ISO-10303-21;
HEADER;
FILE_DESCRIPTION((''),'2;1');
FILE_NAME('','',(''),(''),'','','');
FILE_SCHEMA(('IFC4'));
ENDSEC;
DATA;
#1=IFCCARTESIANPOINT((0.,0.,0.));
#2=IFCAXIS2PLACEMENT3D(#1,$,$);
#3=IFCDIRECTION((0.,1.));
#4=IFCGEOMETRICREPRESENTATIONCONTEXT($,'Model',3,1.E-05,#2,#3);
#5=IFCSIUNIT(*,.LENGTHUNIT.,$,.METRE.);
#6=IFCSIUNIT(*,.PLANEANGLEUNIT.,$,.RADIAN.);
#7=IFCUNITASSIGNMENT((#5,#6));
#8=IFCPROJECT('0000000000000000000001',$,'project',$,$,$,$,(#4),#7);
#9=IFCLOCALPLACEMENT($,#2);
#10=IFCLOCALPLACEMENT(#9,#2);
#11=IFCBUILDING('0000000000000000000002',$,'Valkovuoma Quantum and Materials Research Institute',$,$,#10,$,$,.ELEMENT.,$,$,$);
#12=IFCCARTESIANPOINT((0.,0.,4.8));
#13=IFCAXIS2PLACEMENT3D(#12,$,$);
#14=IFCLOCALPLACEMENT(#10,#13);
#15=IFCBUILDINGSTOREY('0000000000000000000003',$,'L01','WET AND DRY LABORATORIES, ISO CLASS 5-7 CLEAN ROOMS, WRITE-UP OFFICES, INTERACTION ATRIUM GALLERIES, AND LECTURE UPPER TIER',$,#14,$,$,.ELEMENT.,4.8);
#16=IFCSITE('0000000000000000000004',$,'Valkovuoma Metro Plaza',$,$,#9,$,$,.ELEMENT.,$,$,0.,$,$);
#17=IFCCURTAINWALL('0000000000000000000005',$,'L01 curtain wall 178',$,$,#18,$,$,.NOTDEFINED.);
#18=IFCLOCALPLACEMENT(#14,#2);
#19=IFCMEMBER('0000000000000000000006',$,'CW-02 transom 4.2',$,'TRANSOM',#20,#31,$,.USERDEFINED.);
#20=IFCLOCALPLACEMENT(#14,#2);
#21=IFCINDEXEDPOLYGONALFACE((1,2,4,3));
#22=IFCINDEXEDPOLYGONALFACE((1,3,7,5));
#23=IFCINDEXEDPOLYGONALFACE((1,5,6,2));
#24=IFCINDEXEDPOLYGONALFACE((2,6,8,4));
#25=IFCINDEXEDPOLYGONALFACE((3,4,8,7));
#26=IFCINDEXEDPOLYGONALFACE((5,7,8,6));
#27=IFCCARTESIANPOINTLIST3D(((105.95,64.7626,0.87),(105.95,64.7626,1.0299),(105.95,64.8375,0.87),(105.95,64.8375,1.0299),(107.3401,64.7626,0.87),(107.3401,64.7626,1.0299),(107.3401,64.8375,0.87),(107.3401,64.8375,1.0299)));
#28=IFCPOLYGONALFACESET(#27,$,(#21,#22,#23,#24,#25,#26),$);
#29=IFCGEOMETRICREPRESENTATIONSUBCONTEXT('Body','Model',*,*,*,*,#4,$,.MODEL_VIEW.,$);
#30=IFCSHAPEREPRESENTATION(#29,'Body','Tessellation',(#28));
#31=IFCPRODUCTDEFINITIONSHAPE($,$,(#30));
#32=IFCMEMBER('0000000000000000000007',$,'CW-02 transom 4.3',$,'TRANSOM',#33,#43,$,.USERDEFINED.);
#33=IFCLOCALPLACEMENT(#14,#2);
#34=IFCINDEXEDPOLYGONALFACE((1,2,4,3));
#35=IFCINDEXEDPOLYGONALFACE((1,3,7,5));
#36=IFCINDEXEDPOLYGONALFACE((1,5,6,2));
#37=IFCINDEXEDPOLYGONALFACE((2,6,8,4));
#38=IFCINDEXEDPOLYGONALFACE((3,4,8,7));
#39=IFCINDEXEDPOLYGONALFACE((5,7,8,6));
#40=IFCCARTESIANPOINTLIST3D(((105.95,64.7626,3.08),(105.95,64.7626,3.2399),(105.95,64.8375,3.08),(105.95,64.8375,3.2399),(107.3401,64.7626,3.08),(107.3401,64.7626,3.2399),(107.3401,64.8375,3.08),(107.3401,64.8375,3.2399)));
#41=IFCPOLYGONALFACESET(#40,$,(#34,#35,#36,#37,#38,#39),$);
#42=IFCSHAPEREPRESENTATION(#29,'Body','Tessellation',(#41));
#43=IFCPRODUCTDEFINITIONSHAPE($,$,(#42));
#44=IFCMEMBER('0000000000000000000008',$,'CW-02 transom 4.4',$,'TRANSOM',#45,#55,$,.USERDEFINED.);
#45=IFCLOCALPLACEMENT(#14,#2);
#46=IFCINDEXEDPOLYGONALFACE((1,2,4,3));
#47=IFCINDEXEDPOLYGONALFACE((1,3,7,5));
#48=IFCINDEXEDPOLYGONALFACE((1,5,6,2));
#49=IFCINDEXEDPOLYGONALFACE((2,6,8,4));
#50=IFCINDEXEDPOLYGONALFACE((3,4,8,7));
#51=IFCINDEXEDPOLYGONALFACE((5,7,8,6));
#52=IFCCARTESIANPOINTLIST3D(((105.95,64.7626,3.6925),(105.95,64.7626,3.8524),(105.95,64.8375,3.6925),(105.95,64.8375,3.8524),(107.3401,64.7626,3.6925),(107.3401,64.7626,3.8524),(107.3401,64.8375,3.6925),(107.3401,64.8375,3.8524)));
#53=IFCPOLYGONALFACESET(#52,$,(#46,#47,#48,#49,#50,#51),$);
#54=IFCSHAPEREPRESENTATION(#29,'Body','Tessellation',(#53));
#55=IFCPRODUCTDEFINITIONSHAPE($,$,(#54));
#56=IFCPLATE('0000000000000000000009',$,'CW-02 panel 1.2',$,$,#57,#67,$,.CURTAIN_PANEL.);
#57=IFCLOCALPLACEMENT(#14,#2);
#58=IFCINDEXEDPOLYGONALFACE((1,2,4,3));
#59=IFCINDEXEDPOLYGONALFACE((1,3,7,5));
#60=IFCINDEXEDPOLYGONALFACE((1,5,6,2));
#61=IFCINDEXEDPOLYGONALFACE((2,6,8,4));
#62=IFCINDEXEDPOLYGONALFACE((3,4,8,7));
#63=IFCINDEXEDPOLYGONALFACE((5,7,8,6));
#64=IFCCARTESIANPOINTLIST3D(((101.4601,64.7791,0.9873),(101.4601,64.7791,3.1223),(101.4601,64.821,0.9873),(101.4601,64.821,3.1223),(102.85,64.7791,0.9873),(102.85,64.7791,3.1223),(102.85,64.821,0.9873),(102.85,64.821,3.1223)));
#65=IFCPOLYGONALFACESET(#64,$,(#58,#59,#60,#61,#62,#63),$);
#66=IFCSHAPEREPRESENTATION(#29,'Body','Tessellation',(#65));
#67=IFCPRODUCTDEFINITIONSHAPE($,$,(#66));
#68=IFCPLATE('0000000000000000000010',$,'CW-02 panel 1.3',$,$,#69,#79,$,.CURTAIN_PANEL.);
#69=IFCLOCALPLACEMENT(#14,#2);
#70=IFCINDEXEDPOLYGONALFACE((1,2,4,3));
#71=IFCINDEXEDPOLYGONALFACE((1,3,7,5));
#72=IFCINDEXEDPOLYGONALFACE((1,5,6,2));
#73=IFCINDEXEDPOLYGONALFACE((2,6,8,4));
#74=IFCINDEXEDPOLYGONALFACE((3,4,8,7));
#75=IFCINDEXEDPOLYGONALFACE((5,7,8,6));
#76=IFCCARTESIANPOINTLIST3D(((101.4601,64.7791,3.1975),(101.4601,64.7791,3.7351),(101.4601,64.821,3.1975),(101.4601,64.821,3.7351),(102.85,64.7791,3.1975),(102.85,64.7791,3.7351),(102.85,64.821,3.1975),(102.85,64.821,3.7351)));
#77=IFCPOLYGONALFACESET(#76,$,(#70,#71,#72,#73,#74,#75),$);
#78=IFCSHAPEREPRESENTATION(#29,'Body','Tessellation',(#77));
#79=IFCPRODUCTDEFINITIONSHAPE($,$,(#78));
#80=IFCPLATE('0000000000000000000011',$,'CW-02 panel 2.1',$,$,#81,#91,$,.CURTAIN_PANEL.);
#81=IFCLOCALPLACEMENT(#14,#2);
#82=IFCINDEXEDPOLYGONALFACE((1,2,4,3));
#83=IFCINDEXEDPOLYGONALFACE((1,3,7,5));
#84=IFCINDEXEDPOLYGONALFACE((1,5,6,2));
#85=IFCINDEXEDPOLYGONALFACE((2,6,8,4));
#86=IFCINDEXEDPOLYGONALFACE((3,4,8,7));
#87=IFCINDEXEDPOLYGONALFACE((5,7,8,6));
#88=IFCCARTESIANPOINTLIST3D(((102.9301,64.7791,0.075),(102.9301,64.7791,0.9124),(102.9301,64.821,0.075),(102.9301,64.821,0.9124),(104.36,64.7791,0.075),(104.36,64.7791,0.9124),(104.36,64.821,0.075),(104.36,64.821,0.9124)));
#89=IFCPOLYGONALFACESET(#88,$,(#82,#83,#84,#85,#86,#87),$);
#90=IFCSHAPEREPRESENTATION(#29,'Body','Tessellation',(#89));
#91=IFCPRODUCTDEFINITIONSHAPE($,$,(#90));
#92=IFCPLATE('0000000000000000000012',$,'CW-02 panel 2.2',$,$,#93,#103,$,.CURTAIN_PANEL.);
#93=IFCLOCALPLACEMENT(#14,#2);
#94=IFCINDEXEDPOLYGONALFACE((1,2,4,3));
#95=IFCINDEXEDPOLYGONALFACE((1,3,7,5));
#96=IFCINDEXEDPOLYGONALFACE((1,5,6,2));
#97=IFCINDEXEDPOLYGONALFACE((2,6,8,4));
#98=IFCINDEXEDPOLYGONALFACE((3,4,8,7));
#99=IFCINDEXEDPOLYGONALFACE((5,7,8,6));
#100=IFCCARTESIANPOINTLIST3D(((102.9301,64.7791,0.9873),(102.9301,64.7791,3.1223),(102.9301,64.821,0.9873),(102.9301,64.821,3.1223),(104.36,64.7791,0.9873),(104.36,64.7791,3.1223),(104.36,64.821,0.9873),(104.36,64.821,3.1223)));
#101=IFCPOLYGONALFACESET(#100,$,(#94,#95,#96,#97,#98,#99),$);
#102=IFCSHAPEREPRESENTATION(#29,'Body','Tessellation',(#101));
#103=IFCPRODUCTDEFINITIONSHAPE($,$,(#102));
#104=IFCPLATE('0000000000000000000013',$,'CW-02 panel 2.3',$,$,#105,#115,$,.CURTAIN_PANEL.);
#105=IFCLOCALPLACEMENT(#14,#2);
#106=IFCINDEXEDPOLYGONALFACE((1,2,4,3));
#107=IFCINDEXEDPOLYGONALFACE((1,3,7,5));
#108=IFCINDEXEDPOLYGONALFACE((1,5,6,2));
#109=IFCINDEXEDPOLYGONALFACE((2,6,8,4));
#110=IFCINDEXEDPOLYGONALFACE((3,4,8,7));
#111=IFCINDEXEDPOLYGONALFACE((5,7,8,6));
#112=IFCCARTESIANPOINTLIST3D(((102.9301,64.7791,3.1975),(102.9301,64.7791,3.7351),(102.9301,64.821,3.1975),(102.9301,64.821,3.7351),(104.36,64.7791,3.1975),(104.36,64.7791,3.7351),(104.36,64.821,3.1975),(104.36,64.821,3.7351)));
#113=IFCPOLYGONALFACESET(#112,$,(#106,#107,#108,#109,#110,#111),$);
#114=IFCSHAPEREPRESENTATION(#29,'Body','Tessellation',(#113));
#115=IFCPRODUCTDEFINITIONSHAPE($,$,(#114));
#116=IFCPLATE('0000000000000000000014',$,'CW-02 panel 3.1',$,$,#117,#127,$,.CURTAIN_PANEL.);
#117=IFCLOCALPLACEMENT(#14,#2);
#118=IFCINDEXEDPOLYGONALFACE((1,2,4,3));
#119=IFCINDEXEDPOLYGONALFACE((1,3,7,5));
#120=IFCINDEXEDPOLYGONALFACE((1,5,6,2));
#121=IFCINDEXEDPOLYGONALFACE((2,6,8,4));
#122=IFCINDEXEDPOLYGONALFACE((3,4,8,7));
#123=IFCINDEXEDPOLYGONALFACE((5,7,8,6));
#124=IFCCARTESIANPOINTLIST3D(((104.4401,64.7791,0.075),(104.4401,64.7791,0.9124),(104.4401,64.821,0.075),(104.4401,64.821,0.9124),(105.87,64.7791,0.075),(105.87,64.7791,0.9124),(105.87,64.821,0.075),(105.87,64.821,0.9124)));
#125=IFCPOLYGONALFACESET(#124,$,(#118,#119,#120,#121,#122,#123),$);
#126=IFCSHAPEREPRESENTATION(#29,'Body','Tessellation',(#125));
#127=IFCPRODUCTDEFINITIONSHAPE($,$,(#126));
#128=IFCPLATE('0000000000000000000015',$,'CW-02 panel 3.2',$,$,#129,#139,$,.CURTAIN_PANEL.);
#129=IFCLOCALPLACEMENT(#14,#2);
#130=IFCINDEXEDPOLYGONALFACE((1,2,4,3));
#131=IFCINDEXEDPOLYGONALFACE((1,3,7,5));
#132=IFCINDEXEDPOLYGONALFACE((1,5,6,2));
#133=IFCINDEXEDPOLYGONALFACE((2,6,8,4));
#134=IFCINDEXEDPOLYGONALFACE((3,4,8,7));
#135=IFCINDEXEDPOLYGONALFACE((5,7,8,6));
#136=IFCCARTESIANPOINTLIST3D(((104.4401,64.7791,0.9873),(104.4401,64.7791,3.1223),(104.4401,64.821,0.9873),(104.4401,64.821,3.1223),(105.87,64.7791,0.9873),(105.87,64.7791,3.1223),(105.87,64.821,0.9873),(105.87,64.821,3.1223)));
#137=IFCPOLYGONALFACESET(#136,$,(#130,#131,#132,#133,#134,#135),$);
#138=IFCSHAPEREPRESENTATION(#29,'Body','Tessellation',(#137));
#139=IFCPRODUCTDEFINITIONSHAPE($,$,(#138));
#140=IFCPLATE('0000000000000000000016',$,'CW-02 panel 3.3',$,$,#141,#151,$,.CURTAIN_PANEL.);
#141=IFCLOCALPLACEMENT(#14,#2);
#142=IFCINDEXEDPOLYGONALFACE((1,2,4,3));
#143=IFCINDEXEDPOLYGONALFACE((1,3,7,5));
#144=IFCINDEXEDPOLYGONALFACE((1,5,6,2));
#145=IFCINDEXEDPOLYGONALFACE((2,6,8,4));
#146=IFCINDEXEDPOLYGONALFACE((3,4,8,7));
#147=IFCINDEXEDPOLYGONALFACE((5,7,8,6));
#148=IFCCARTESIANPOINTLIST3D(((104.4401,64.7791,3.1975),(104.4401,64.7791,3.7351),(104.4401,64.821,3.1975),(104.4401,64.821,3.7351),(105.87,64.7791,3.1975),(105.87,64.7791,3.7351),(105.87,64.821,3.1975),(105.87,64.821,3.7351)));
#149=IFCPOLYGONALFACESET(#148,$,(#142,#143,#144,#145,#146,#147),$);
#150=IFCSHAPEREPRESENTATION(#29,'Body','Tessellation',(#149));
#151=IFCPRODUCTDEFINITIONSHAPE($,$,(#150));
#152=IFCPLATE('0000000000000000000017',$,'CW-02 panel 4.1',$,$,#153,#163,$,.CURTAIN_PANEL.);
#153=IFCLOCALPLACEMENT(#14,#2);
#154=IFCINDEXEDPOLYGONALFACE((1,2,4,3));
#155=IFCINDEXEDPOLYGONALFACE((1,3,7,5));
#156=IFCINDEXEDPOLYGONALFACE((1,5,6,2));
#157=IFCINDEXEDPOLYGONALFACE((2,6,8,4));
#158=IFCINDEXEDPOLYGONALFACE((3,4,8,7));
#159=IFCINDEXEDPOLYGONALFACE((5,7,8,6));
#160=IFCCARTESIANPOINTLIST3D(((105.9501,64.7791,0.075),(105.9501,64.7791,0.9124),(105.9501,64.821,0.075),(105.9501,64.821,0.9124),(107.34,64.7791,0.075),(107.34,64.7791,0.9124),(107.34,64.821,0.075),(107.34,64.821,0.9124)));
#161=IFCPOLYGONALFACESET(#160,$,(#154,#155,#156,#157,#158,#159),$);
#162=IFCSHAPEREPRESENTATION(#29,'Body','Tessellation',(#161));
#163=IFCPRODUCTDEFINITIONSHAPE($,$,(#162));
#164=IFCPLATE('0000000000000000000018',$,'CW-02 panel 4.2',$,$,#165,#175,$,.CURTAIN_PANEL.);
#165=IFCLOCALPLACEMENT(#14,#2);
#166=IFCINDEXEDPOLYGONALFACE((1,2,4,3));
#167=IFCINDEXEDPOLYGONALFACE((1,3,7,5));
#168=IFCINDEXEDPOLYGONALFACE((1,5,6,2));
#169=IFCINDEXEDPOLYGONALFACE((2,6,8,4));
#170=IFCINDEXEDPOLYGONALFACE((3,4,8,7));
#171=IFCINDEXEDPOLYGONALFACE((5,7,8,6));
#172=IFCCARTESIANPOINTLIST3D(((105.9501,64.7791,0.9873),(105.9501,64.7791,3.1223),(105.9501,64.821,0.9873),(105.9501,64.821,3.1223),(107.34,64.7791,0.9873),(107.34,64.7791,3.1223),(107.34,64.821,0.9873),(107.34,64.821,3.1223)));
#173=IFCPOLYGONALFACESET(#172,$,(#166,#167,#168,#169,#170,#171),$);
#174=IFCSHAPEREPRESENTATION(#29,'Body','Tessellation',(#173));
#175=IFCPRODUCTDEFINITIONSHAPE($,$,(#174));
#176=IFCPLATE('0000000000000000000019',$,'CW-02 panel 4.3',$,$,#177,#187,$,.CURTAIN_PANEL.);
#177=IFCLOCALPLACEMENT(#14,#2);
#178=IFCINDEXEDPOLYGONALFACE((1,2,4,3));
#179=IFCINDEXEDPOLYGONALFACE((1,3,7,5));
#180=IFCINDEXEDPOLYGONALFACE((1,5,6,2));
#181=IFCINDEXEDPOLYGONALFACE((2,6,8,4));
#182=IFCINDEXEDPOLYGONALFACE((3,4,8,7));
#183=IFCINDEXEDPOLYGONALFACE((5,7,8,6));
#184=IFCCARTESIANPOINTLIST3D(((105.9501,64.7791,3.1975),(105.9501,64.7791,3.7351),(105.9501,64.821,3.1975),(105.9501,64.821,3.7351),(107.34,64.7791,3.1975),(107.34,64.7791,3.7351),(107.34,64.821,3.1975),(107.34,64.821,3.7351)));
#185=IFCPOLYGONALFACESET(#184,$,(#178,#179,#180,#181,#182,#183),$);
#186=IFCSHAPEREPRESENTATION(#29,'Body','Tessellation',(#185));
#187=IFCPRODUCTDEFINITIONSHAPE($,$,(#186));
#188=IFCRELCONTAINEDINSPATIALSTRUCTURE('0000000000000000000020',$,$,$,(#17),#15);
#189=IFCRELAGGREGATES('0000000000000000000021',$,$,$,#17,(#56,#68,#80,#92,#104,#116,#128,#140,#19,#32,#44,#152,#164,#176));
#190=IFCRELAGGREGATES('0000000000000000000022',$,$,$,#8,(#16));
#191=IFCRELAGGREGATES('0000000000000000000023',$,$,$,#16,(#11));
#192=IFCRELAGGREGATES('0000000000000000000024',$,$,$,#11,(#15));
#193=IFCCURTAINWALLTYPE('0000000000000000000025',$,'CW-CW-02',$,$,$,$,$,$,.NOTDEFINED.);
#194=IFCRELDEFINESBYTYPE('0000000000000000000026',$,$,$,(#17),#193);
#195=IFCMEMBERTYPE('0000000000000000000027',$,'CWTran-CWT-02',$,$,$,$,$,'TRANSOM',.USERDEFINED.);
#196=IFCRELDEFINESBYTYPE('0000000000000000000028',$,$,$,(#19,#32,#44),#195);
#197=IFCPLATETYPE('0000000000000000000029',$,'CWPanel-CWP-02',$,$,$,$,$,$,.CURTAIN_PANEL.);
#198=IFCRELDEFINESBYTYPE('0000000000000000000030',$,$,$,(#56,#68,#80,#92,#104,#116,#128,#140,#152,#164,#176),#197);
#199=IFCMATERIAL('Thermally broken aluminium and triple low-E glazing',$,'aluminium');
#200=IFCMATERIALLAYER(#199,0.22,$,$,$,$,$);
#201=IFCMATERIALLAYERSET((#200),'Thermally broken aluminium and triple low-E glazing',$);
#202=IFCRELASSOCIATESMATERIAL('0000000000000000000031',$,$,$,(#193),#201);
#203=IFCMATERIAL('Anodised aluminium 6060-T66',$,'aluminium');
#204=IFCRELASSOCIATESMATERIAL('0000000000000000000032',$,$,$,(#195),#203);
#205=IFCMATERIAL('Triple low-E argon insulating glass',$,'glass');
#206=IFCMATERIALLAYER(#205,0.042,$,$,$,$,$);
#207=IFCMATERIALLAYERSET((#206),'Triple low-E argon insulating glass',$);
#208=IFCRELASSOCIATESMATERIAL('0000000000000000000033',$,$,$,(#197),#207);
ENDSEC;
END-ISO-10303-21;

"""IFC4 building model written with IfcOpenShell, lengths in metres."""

from ifc_helpers import new_model, si_unit, direction, frame, origin, origin_2d, place, context, subcontext, project, spatial, rectangle, extrude, material, layer, layer_set, material_profile, profile_set, type_object, element, aggregate, save


model = new_model("IFC4")

# Units and contexts
model_context = context("Model", 3, precision=1e-05, world=origin(), true_north=direction((0.0, 1.0)))
body_context = subcontext(model_context, "Body", "Model", "MODEL_VIEW")
ifc_project = project(units=[si_unit("LENGTHUNIT", "METRE"), si_unit("PLANEANGLEUNIT", "RADIAN")], contexts=[model_context])

# Site, building, storey
site_placement = place(None, origin())
site = spatial("IfcSite", under=ifc_project, at=site_placement, Name="Valkovuoma Metro Plaza", CompositionType="ELEMENT", RefElevation=0.0)
building_placement = place(site_placement, origin())
building = spatial("IfcBuilding", under=site, at=building_placement, Name="Valkovuoma Quantum and Materials Research Institute", CompositionType="ELEMENT")
storey_placement = place(building_placement, frame((0.0, 0.0, 4.8)))
storey = spatial("IfcBuildingStorey", under=building, at=storey_placement, Name="L01", Description="WET AND DRY LABORATORIES, ISO CLASS 5-7 CLEAN ROOMS, WRITE-UP OFFICES, INTERACTION ATRIUM GALLERIES, AND LECTURE UPPER TIER", CompositionType="ELEMENT", Elevation=4.8)

# Curtain wall, members, plates
ifc_material_1 = material(Name="Thermally broken aluminium and triple low-E glazing", Category="aluminium")
ifc_layer_1 = layer(ifc_material_1, 0.22)
ifc_layer_set_1 = layer_set([ifc_layer_1], Name="Thermally broken aluminium and triple low-E glazing")
curtain_wall_type = type_object("IfcCurtainWallType", Name="CW-CW-02", PredefinedType="NOTDEFINED", material=ifc_layer_set_1)
curtain_wall_placement = place(storey_placement, origin())
curtain_wall = element("IfcCurtainWall", 1, at=curtain_wall_placement, inside=storey, type_object=curtain_wall_type, Name="L01 curtain wall 178", PredefinedType="NOTDEFINED")
ifc_material_2 = material(Name="Anodised aluminium 6060-T66", Category="aluminium")
ifc_material_profile_1 = material_profile(ifc_material_2, rectangle(XDim=0.075, YDim=0.1599, at=origin_2d()), Name="Anodised aluminium 6060-T66")
ifc_profile_set_1 = profile_set([ifc_material_profile_1], Name="Anodised aluminium 6060-T66")
member_type_1 = type_object("IfcMemberType", Name="CWTran-CWT-02", ElementType="TRANSOM", PredefinedType="USERDEFINED", material=ifc_profile_set_1)
member_1_placement = place(storey_placement, frame((105.95, 64.8, 0.95), z_axis=(1.0, 0.0, 0.0), x_axis=(0.0, 1.0, 0.0)))
member_1 = element("IfcMember", 2, at=member_1_placement, type_object=member_type_1, Name="CW-02 transom 4.2", ObjectType="TRANSOM", PredefinedType="USERDEFINED", context=body_context, shape_type="SweptSolid", body=[
    extrude(rectangle(XDim=0.075, YDim=0.1599, at=origin_2d()), origin(), (0.0, 0.0, 1.0), 1.3901),
])
member_2_placement = place(storey_placement, frame((105.95, 64.8, 3.1599), z_axis=(1.0, 0.0, 0.0), x_axis=(0.0, 1.0, 0.0)))
member_2 = element("IfcMember", 3, at=member_2_placement, type_object=member_type_1, Name="CW-02 transom 4.3", ObjectType="TRANSOM", PredefinedType="USERDEFINED", context=body_context, shape_type="SweptSolid", body=[
    extrude(rectangle(XDim=0.075, YDim=0.1599, at=origin_2d()), origin(), (0.0, 0.0, 1.0), 1.3901),
])
member_3_placement = place(storey_placement, frame((105.95, 64.8, 3.7725), z_axis=(1.0, 0.0, 0.0), x_axis=(0.0, 1.0, 0.0)))
member_3 = element("IfcMember", 4, at=member_3_placement, type_object=member_type_1, Name="CW-02 transom 4.4", ObjectType="TRANSOM", PredefinedType="USERDEFINED", context=body_context, shape_type="SweptSolid", body=[
    extrude(rectangle(XDim=0.075, YDim=0.1599, at=origin_2d()), origin(), (0.0, 0.0, 1.0), 1.3901),
])
ifc_material_3 = material(Name="Triple low-E argon insulating glass", Category="glass")
ifc_layer_2 = layer(ifc_material_3, 0.042)
ifc_layer_set_2 = layer_set([ifc_layer_2], Name="Triple low-E argon insulating glass")
plate_type = type_object("IfcPlateType", Name="CWPanel-CWP-02", PredefinedType="CURTAIN_PANEL", material=ifc_layer_set_2)
plate_1_placement = place(storey_placement, frame((102.155, 64.8, 0.9873), z_axis=(0.0, 0.0, 1.0), x_axis=(1.0, 0.0, 0.0)))
plate_1 = element("IfcPlate", 5, at=plate_1_placement, type_object=plate_type, Name="CW-02 panel 1.2", PredefinedType="CURTAIN_PANEL", context=body_context, shape_type="SweptSolid", body=[
    extrude(rectangle(XDim=1.3899, YDim=0.042, at=origin_2d()), origin(), (0.0, 0.0, 1.0), 2.135),
])
plate_2_placement = place(storey_placement, frame((102.155, 64.8, 3.1975), z_axis=(0.0, 0.0, 1.0), x_axis=(1.0, 0.0, 0.0)))
plate_2 = element("IfcPlate", 6, at=plate_2_placement, type_object=plate_type, Name="CW-02 panel 1.3", PredefinedType="CURTAIN_PANEL", context=body_context, shape_type="SweptSolid", body=[
    extrude(rectangle(XDim=1.3899, YDim=0.042, at=origin_2d()), origin(), (0.0, 0.0, 1.0), 0.5376),
])
plate_3_placement = place(storey_placement, frame((103.645, 64.8, 0.075), z_axis=(0.0, 0.0, 1.0), x_axis=(1.0, 0.0, 0.0)))
plate_3 = element("IfcPlate", 7, at=plate_3_placement, type_object=plate_type, Name="CW-02 panel 2.1", PredefinedType="CURTAIN_PANEL", context=body_context, shape_type="SweptSolid", body=[
    extrude(rectangle(XDim=1.4299, YDim=0.042, at=origin_2d()), origin(), (0.0, 0.0, 1.0), 0.8374),
])
plate_4_placement = place(storey_placement, frame((103.645, 64.8, 0.9873), z_axis=(0.0, 0.0, 1.0), x_axis=(1.0, 0.0, 0.0)))
plate_4 = element("IfcPlate", 8, at=plate_4_placement, type_object=plate_type, Name="CW-02 panel 2.2", PredefinedType="CURTAIN_PANEL", context=body_context, shape_type="SweptSolid", body=[
    extrude(rectangle(XDim=1.4299, YDim=0.042, at=origin_2d()), origin(), (0.0, 0.0, 1.0), 2.135),
])
plate_5_placement = place(storey_placement, frame((103.645, 64.8, 3.1975), z_axis=(0.0, 0.0, 1.0), x_axis=(1.0, 0.0, 0.0)))
plate_5 = element("IfcPlate", 9, at=plate_5_placement, type_object=plate_type, Name="CW-02 panel 2.3", PredefinedType="CURTAIN_PANEL", context=body_context, shape_type="SweptSolid", body=[
    extrude(rectangle(XDim=1.4299, YDim=0.042, at=origin_2d()), origin(), (0.0, 0.0, 1.0), 0.5376),
])
plate_6_placement = place(storey_placement, frame((105.155, 64.8, 0.075), z_axis=(0.0, 0.0, 1.0), x_axis=(1.0, 0.0, 0.0)))
plate_6 = element("IfcPlate", 10, at=plate_6_placement, type_object=plate_type, Name="CW-02 panel 3.1", PredefinedType="CURTAIN_PANEL", context=body_context, shape_type="SweptSolid", body=[
    extrude(rectangle(XDim=1.4299, YDim=0.042, at=origin_2d()), origin(), (0.0, 0.0, 1.0), 0.8374),
])
plate_7_placement = place(storey_placement, frame((105.155, 64.8, 0.9873), z_axis=(0.0, 0.0, 1.0), x_axis=(1.0, 0.0, 0.0)))
plate_7 = element("IfcPlate", 11, at=plate_7_placement, type_object=plate_type, Name="CW-02 panel 3.2", PredefinedType="CURTAIN_PANEL", context=body_context, shape_type="SweptSolid", body=[
    extrude(rectangle(XDim=1.4299, YDim=0.042, at=origin_2d()), origin(), (0.0, 0.0, 1.0), 2.135),
])
plate_8_placement = place(storey_placement, frame((105.155, 64.8, 3.1975), z_axis=(0.0, 0.0, 1.0), x_axis=(1.0, 0.0, 0.0)))
plate_8 = element("IfcPlate", 12, at=plate_8_placement, type_object=plate_type, Name="CW-02 panel 3.3", PredefinedType="CURTAIN_PANEL", context=body_context, shape_type="SweptSolid", body=[
    extrude(rectangle(XDim=1.4299, YDim=0.042, at=origin_2d()), origin(), (0.0, 0.0, 1.0), 0.5376),
])
plate_9_placement = place(storey_placement, frame((106.645, 64.8, 0.075), z_axis=(0.0, 0.0, 1.0), x_axis=(1.0, 0.0, 0.0)))
plate_9 = element("IfcPlate", 13, at=plate_9_placement, type_object=plate_type, Name="CW-02 panel 4.1", PredefinedType="CURTAIN_PANEL", context=body_context, shape_type="SweptSolid", body=[
    extrude(rectangle(XDim=1.3899, YDim=0.042, at=origin_2d()), origin(), (0.0, 0.0, 1.0), 0.8374),
])
plate_10_placement = place(storey_placement, frame((106.645, 64.8, 0.9873), z_axis=(0.0, 0.0, 1.0), x_axis=(1.0, 0.0, 0.0)))
plate_10 = element("IfcPlate", 14, at=plate_10_placement, type_object=plate_type, Name="CW-02 panel 4.2", PredefinedType="CURTAIN_PANEL", context=body_context, shape_type="SweptSolid", body=[
    extrude(rectangle(XDim=1.3899, YDim=0.042, at=origin_2d()), origin(), (0.0, 0.0, 1.0), 2.135),
])
plate_11_placement = place(storey_placement, frame((106.645, 64.8, 3.1975), z_axis=(0.0, 0.0, 1.0), x_axis=(1.0, 0.0, 0.0)))
plate_11 = element("IfcPlate", 15, at=plate_11_placement, type_object=plate_type, Name="CW-02 panel 4.3", PredefinedType="CURTAIN_PANEL", context=body_context, shape_type="SweptSolid", body=[
    extrude(rectangle(XDim=1.3899, YDim=0.042, at=origin_2d()), origin(), (0.0, 0.0, 1.0), 0.5376),
])
aggregate(curtain_wall, [plate_1, plate_2, plate_3, plate_4, plate_5, plate_6, plate_7, plate_8, member_1, member_2, member_3, plate_9, plate_10, plate_11])

save(model, "model.ifc")
